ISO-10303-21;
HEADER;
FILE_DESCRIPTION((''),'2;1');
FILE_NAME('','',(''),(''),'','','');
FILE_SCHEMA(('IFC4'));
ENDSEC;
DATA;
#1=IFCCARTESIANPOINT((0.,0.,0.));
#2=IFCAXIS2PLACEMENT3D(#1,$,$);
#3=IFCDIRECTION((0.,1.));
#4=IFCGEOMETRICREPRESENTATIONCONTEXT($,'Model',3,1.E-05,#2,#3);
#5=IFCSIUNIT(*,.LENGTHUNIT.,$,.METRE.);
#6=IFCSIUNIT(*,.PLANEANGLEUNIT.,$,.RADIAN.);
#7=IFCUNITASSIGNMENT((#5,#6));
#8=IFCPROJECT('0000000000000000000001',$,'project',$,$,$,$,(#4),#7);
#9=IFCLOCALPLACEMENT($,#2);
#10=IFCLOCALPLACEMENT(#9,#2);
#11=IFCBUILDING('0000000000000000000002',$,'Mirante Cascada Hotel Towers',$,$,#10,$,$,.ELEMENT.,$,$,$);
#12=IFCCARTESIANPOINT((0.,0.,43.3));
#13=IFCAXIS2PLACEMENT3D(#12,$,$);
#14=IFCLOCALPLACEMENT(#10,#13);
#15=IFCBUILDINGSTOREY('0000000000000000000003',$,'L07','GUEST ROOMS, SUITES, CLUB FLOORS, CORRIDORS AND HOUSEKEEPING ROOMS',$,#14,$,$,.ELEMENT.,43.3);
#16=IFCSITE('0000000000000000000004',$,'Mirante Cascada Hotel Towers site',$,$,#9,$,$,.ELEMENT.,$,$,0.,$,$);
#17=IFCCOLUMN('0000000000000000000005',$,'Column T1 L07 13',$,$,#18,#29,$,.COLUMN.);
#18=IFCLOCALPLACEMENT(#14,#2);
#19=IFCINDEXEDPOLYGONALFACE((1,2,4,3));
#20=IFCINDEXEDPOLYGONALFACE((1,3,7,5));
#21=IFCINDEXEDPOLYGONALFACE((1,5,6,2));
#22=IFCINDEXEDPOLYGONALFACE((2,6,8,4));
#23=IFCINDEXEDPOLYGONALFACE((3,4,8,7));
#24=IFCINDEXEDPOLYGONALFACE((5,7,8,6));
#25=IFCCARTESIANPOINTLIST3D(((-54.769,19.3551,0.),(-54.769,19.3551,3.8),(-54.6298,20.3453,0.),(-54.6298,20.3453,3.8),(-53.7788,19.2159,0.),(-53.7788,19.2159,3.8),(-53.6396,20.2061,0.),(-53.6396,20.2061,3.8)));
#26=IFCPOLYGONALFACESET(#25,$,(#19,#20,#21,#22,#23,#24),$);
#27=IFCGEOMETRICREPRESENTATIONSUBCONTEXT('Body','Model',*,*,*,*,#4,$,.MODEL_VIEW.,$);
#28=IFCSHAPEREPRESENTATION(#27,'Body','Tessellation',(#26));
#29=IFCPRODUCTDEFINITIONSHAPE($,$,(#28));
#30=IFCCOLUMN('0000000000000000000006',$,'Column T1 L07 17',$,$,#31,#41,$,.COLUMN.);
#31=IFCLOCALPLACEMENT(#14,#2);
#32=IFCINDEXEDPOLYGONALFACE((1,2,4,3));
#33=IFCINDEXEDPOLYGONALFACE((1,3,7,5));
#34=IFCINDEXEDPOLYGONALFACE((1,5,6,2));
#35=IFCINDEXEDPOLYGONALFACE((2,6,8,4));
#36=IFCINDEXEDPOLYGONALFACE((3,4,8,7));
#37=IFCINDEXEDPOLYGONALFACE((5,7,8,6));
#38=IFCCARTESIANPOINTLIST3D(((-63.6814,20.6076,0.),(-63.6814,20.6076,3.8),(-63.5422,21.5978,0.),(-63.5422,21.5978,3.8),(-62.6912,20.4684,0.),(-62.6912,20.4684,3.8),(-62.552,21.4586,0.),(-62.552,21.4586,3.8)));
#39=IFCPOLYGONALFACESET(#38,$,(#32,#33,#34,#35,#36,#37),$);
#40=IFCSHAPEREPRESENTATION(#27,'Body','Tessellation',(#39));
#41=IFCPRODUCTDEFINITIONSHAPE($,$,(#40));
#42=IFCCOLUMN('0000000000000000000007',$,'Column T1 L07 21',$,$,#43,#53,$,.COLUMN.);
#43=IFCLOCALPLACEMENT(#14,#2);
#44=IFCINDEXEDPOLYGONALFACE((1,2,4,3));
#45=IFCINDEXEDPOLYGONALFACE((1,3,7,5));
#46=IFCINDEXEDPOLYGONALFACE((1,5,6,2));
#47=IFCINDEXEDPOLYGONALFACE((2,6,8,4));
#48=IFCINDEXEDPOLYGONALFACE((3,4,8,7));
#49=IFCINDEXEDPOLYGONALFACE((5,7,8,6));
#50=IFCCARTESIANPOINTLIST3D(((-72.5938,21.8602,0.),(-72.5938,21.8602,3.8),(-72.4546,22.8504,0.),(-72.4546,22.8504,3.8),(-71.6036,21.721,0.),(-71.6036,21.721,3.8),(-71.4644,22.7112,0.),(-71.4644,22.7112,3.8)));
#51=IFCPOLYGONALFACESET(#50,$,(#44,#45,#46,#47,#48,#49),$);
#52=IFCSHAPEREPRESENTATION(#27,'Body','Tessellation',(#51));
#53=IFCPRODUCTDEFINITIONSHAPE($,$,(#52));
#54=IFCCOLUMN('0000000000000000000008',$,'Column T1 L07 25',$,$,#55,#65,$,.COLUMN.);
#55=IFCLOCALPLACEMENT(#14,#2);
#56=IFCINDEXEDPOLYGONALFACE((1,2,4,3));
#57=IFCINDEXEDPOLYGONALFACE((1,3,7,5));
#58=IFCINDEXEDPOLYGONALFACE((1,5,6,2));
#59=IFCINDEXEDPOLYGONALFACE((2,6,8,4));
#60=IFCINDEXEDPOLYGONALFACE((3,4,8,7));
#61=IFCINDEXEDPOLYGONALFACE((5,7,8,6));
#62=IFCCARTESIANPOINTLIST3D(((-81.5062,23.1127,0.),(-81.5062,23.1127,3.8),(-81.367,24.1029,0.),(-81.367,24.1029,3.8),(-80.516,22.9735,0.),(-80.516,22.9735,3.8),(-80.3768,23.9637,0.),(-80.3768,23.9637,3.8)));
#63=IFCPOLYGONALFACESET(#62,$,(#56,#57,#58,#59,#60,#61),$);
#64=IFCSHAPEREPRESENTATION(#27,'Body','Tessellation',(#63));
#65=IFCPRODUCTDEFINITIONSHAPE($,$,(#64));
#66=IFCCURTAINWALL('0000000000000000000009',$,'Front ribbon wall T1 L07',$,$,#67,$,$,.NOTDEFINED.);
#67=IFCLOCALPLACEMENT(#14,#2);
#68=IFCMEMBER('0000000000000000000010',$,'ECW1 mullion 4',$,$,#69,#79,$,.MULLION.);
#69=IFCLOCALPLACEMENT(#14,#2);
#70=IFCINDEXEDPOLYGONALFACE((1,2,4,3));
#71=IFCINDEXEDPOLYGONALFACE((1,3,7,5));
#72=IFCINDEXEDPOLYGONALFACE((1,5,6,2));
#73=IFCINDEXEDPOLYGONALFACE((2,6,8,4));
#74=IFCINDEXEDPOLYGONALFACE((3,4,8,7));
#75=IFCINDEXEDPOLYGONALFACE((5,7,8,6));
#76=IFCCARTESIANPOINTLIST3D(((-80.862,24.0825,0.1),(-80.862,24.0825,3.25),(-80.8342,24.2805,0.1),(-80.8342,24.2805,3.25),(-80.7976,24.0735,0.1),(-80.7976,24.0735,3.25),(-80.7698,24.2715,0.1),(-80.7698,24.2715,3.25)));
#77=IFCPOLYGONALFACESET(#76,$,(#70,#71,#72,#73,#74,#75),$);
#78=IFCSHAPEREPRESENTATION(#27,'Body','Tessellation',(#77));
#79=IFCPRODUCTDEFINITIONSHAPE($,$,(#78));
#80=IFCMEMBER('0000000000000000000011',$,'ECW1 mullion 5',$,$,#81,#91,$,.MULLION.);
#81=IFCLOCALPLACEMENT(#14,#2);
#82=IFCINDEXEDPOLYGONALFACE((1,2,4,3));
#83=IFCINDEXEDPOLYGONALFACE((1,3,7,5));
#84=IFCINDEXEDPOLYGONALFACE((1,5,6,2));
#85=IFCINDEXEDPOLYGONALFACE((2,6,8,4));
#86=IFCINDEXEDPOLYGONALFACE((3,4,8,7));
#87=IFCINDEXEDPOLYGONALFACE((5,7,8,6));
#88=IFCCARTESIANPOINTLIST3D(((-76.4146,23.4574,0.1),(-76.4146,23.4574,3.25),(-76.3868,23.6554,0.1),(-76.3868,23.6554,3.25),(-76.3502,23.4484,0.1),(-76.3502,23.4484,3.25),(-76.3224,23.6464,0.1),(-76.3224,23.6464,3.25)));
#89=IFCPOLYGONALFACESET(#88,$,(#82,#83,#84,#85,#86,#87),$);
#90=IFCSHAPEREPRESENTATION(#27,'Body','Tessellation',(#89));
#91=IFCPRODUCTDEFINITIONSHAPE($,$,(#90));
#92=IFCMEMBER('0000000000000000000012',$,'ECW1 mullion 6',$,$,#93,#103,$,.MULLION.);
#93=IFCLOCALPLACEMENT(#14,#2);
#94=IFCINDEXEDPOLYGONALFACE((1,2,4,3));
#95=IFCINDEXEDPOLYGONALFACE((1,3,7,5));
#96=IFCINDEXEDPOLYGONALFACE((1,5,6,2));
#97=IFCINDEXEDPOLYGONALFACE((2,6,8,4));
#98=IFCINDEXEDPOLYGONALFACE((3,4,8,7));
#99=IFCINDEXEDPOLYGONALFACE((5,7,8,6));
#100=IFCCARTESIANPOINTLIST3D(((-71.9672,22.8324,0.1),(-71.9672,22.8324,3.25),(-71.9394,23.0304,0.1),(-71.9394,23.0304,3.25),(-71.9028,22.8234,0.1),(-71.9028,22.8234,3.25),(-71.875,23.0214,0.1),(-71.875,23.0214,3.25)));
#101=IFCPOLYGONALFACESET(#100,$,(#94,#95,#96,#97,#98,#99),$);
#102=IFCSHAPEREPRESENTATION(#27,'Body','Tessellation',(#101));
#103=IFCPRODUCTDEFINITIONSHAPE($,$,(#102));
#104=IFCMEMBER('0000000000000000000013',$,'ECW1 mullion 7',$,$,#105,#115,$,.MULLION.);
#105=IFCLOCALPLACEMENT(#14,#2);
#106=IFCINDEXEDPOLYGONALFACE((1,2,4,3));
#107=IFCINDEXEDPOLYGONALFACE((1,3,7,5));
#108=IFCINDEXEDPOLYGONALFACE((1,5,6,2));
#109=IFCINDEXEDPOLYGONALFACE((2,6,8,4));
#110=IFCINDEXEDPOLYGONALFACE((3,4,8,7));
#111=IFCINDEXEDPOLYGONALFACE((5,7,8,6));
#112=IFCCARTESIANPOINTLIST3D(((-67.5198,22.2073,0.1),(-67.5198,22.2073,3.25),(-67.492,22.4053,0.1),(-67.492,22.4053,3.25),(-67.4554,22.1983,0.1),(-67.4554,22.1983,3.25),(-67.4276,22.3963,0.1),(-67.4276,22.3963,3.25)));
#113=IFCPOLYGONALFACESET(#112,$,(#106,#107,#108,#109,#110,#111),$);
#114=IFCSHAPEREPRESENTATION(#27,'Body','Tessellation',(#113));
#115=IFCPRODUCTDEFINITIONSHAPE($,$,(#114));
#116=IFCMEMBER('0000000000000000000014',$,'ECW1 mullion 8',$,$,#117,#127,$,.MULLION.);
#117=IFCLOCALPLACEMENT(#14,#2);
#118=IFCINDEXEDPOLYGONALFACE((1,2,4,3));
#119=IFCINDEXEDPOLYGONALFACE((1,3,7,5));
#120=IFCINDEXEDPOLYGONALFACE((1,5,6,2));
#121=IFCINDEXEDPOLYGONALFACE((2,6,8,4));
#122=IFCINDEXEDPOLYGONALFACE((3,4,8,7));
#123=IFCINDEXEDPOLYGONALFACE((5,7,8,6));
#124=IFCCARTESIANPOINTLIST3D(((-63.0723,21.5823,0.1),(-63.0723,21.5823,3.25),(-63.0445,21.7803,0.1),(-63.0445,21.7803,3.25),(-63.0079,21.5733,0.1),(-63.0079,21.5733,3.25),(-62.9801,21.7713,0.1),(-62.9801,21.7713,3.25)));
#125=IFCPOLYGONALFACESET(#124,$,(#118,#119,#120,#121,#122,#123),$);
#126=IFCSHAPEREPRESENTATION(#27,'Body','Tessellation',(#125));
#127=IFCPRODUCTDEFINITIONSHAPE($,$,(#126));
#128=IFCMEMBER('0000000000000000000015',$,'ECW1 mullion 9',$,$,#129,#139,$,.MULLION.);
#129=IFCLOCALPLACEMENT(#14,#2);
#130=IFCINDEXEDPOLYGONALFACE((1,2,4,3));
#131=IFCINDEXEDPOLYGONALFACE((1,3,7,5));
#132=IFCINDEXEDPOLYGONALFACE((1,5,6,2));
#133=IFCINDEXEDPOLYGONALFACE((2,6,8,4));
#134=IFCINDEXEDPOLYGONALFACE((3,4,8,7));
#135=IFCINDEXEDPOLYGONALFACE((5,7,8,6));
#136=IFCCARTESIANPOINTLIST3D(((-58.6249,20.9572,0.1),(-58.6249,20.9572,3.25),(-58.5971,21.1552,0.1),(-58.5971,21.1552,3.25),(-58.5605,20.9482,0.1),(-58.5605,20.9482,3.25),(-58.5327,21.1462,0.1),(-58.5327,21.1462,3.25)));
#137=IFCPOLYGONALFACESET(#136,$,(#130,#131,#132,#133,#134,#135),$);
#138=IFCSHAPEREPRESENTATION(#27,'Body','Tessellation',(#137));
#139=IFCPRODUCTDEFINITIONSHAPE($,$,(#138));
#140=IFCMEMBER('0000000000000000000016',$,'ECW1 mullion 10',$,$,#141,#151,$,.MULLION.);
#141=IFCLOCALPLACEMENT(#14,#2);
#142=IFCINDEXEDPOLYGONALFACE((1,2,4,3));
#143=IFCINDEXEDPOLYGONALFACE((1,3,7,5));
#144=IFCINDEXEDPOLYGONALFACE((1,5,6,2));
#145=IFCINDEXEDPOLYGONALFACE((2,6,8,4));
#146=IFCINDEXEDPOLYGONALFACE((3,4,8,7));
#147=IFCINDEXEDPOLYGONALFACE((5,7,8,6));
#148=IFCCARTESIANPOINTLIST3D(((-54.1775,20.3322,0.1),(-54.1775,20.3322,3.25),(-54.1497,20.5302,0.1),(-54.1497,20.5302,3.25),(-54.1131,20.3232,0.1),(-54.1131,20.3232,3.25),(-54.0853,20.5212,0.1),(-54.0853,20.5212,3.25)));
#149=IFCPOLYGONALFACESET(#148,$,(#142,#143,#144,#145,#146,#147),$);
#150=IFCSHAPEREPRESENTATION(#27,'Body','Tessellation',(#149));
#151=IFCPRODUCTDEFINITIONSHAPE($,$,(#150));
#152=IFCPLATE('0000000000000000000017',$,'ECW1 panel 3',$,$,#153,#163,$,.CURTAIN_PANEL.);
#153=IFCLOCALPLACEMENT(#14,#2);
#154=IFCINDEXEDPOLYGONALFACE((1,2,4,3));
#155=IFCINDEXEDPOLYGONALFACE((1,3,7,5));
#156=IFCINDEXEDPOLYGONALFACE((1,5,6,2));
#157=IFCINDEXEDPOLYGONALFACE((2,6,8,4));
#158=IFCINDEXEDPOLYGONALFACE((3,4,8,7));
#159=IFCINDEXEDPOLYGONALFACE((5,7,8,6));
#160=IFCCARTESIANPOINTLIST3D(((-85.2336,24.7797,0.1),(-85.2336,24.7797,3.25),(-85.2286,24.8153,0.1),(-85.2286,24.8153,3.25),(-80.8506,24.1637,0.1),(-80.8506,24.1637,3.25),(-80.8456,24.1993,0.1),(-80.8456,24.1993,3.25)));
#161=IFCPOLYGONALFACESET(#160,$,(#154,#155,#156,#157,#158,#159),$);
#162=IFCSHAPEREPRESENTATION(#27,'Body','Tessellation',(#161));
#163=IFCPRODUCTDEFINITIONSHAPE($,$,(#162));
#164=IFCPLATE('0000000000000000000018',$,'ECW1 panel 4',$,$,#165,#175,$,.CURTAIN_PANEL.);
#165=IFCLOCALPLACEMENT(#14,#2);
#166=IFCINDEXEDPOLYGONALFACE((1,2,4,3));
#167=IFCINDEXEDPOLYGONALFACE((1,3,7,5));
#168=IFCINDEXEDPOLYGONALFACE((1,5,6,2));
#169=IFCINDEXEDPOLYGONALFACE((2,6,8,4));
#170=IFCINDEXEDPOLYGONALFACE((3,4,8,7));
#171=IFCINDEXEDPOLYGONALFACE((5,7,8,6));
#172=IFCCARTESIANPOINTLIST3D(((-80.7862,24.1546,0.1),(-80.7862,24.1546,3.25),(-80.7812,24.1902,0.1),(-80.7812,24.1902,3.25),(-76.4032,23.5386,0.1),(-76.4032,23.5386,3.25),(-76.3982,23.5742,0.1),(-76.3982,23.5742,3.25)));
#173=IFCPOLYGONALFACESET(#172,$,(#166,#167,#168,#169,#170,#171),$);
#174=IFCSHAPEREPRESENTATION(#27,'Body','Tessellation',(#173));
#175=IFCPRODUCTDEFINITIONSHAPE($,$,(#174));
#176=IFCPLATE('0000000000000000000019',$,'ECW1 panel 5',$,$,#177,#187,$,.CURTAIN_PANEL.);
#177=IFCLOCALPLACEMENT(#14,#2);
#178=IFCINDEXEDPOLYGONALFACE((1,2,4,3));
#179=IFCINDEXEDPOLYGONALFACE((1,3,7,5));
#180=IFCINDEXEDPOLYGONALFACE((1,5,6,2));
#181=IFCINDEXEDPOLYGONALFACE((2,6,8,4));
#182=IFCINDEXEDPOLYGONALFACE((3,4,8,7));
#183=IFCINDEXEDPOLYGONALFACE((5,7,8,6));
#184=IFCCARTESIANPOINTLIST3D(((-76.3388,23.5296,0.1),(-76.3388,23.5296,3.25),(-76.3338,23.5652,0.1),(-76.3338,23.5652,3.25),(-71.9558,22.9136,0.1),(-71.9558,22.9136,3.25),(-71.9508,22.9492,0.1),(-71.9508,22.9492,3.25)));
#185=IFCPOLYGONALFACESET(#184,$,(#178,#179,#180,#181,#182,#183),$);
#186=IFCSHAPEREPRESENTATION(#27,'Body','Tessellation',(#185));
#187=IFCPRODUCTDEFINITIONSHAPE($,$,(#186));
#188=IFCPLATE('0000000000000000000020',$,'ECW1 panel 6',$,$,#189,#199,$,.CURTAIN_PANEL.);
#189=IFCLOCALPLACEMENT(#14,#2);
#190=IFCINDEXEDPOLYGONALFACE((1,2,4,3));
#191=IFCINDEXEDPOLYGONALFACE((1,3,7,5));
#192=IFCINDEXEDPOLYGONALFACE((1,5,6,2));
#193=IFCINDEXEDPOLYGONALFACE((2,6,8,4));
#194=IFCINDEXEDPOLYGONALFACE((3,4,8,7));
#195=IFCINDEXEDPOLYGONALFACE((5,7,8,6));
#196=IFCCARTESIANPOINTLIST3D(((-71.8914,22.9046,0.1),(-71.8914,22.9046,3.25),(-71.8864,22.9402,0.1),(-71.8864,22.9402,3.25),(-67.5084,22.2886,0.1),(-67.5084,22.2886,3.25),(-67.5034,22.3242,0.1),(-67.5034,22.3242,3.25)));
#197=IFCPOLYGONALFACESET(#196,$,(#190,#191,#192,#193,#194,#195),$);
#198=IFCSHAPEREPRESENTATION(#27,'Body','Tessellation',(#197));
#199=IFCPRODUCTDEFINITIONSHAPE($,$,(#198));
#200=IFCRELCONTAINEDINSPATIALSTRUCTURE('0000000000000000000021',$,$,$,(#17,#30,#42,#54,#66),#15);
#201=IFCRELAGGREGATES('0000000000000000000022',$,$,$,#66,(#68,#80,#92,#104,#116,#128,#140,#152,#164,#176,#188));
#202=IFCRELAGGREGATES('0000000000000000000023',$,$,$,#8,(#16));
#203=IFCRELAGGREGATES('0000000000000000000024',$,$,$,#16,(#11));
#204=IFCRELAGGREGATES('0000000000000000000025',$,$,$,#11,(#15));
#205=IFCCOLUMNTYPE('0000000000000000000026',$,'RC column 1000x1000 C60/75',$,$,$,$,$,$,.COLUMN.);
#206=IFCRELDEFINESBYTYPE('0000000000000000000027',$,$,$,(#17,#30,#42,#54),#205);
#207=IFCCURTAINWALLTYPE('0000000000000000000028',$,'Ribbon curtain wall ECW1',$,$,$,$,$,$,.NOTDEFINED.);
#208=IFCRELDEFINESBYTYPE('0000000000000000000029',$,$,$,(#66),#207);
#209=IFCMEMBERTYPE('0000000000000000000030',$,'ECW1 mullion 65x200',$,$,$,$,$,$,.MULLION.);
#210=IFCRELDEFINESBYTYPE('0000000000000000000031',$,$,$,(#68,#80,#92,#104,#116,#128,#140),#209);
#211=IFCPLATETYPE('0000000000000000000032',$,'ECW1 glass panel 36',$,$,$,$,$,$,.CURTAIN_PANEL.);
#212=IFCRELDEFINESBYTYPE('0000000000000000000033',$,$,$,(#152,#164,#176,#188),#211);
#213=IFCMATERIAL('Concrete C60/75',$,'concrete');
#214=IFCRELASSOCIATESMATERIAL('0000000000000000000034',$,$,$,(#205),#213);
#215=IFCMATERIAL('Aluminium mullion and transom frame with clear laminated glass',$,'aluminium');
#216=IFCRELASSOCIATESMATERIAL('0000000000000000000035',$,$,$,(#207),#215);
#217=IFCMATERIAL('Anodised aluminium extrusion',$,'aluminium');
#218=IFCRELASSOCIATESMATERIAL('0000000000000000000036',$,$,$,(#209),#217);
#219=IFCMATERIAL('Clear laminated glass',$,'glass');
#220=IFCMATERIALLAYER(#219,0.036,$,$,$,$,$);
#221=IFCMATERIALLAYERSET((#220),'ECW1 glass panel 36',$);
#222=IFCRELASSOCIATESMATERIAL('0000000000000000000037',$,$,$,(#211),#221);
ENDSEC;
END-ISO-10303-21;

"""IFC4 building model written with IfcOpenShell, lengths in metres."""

from ifc_helpers import new_model, si_unit, direction, frame, origin, origin_2d, place, context, subcontext, project, spatial, rectangle, extrude, material, layer, layer_set, material_profile, profile_set, type_object, element, aggregate, save


model = new_model("IFC4")

# Units and contexts
model_context = context("Model", 3, precision=1e-05, world=origin(), true_north=direction((0.0, 1.0)))
body_context = subcontext(model_context, "Body", "Model", "MODEL_VIEW")
ifc_project = project(units=[si_unit("LENGTHUNIT", "METRE"), si_unit("PLANEANGLEUNIT", "RADIAN")], contexts=[model_context])

# Site, building, storey
site_placement = place(None, origin())
site = spatial("IfcSite", under=ifc_project, at=site_placement, Name="Mirante Cascada Hotel Towers site", CompositionType="ELEMENT", RefElevation=0.0)
building_placement = place(site_placement, origin())
building = spatial("IfcBuilding", under=site, at=building_placement, Name="Mirante Cascada Hotel Towers", CompositionType="ELEMENT")
storey_placement = place(building_placement, frame((0.0, 0.0, 43.3)))
storey = spatial("IfcBuildingStorey", under=building, at=storey_placement, Name="L07", Description="GUEST ROOMS, SUITES, CLUB FLOORS, CORRIDORS AND HOUSEKEEPING ROOMS", CompositionType="ELEMENT", Elevation=43.3)

# Columns
ifc_material_1 = material(Name="Concrete C60/75", Category="concrete")
ifc_material_profile_1 = material_profile(ifc_material_1, rectangle(XDim=1.0, YDim=1.0, at=origin_2d()), Name="RC column 1000x1000 C60/75")
ifc_profile_set_1 = profile_set([ifc_material_profile_1], Name="Concrete C60/75")
column_type = type_object("IfcColumnType", Name="RC column 1000x1000 C60/75", PredefinedType="COLUMN", material=ifc_profile_set_1)
for number, where, z_axis, x_axis, name in (
    (1, (-54.2043, 19.7806, 0.0), (0.0, 0.0, 1.0), (-0.990268, 0.139173, 0.0), "Column T1 L07 13"),
    (2, (-63.1167, 21.0331, 0.0), (0.0, 0.0, 1.0), (-0.990268, 0.139173, 0.0), "Column T1 L07 17"),
    (3, (-72.0291, 22.2857, 0.0), (0.0, 0.0, 1.0), (-0.990268, 0.139173, 0.0), "Column T1 L07 21"),
    (4, (-80.9415, 23.5382, 0.0), (0.0, 0.0, 1.0), (-0.990268, 0.139173, 0.0), "Column T1 L07 25"),
):
    element("IfcColumn", number, at=place(storey_placement, frame(where, z_axis=z_axis, x_axis=x_axis)), inside=storey, type_object=column_type, Name=name, PredefinedType="COLUMN", context=body_context, shape_type="SweptSolid", body=[
        extrude(rectangle(XDim=1.0, YDim=1.0, at=origin_2d()), origin(), (0.0, 0.0, 1.0), 3.8),
    ])

# Curtain wall, members, plates
ifc_material_2 = material(Name="Aluminium mullion and transom frame with clear laminated glass", Category="aluminium")
curtain_wall_type = type_object("IfcCurtainWallType", Name="Ribbon curtain wall ECW1", PredefinedType="NOTDEFINED", material=ifc_material_2)
curtain_wall_placement = place(storey_placement, origin())
curtain_wall = element("IfcCurtainWall", 5, at=curtain_wall_placement, inside=storey, type_object=curtain_wall_type, Name="Front ribbon wall T1 L07", PredefinedType="NOTDEFINED")
ifc_material_3 = material(Name="Anodised aluminium extrusion", Category="aluminium")
ifc_material_profile_2 = material_profile(ifc_material_3, rectangle(XDim=0.2, YDim=0.065, at=origin_2d()), Name="ECW1 MULLION 65x200")
ifc_profile_set_2 = profile_set([ifc_material_profile_2], Name="Anodised aluminium extrusion")
member_type = type_object("IfcMemberType", Name="ECW1 mullion 65x200", PredefinedType="MULLION", material=ifc_profile_set_2)
member_1_placement = place(storey_placement, frame((-80.8159, 24.177, 0.1), z_axis=(0.0, 0.0, 1.0), x_axis=(0.139173, 0.990268, 0.0)))
member_1 = element("IfcMember", 6, at=member_1_placement, type_object=member_type, Name="ECW1 mullion 4", PredefinedType="MULLION", context=body_context, shape_type="SweptSolid", body=[
    extrude(rectangle(XDim=0.2, YDim=0.065, at=origin_2d()), origin(), (0.0, 0.0, 1.0), 3.15),
])
member_2_placement = place(storey_placement, frame((-76.3685, 23.5519, 0.1), z_axis=(0.0, 0.0, 1.0), x_axis=(0.139173, 0.990268, 0.0)))
member_2 = element("IfcMember", 7, at=member_2_placement, type_object=member_type, Name="ECW1 mullion 5", PredefinedType="MULLION", context=body_context, shape_type="SweptSolid", body=[
    extrude(rectangle(XDim=0.2, YDim=0.065, at=origin_2d()), origin(), (0.0, 0.0, 1.0), 3.15),
])
member_3_placement = place(storey_placement, frame((-71.9211, 22.9269, 0.1), z_axis=(0.0, 0.0, 1.0), x_axis=(0.139173, 0.990268, 0.0)))
member_3 = element("IfcMember", 8, at=member_3_placement, type_object=member_type, Name="ECW1 mullion 6", PredefinedType="MULLION", context=body_context, shape_type="SweptSolid", body=[
    extrude(rectangle(XDim=0.2, YDim=0.065, at=origin_2d()), origin(), (0.0, 0.0, 1.0), 3.15),
])
member_4_placement = place(storey_placement, frame((-67.4737, 22.3018, 0.1), z_axis=(0.0, 0.0, 1.0), x_axis=(0.139173, 0.990268, 0.0)))
member_4 = element("IfcMember", 9, at=member_4_placement, type_object=member_type, Name="ECW1 mullion 7", PredefinedType="MULLION", context=body_context, shape_type="SweptSolid", body=[
    extrude(rectangle(XDim=0.2, YDim=0.065, at=origin_2d()), origin(), (0.0, 0.0, 1.0), 3.15),
])
member_5_placement = place(storey_placement, frame((-63.0262, 21.6768, 0.1), z_axis=(0.0, 0.0, 1.0), x_axis=(0.139173, 0.990268, 0.0)))
member_5 = element("IfcMember", 10, at=member_5_placement, type_object=member_type, Name="ECW1 mullion 8", PredefinedType="MULLION", context=body_context, shape_type="SweptSolid", body=[
    extrude(rectangle(XDim=0.2, YDim=0.065, at=origin_2d()), origin(), (0.0, 0.0, 1.0), 3.15),
])
member_6_placement = place(storey_placement, frame((-58.5788, 21.0517, 0.1), z_axis=(0.0, 0.0, 1.0), x_axis=(0.139173, 0.990268, 0.0)))
member_6 = element("IfcMember", 11, at=member_6_placement, type_object=member_type, Name="ECW1 mullion 9", PredefinedType="MULLION", context=body_context, shape_type="SweptSolid", body=[
    extrude(rectangle(XDim=0.2, YDim=0.065, at=origin_2d()), origin(), (0.0, 0.0, 1.0), 3.15),
])
member_7_placement = place(storey_placement, frame((-54.1314, 20.4267, 0.1), z_axis=(0.0, 0.0, 1.0), x_axis=(0.139173, 0.990268, 0.0)))
member_7 = element("IfcMember", 12, at=member_7_placement, type_object=member_type, Name="ECW1 mullion 10", PredefinedType="MULLION", context=body_context, shape_type="SweptSolid", body=[
    extrude(rectangle(XDim=0.2, YDim=0.065, at=origin_2d()), origin(), (0.0, 0.0, 1.0), 3.15),
])
ifc_material_4 = material(Name="Clear laminated glass", Category="glass")
ifc_layer_1 = layer(ifc_material_4, 0.036)
ifc_layer_set_1 = layer_set([ifc_layer_1], Name="ECW1 glass panel 36")
plate_type = type_object("IfcPlateType", Name="ECW1 glass panel 36", PredefinedType="CURTAIN_PANEL", material=ifc_layer_set_1)
plate_1_placement = place(storey_placement, frame((-83.0396, 24.4895, 0.1), z_axis=(0.0, 0.0, 1.0), x_axis=(0.990268, -0.139173, 0.0)))
plate_1 = element("IfcPlate", 13, at=plate_1_placement, type_object=plate_type, Name="ECW1 panel 3", PredefinedType="CURTAIN_PANEL", context=body_context, shape_type="SweptSolid", body=[
    extrude(rectangle(XDim=4.4261, YDim=0.036, at=origin_2d()), origin(), (0.0, 0.0, 1.0), 3.15),
])
plate_2_placement = place(storey_placement, frame((-78.5922, 23.8644, 0.1), z_axis=(0.0, 0.0, 1.0), x_axis=(0.990268, -0.139173, 0.0)))
plate_2 = element("IfcPlate", 14, at=plate_2_placement, type_object=plate_type, Name="ECW1 panel 4", PredefinedType="CURTAIN_PANEL", context=body_context, shape_type="SweptSolid", body=[
    extrude(rectangle(XDim=4.4261, YDim=0.036, at=origin_2d()), origin(), (0.0, 0.0, 1.0), 3.15),
])
plate_3_placement = place(storey_placement, frame((-74.1448, 23.2394, 0.1), z_axis=(0.0, 0.0, 1.0), x_axis=(0.990268, -0.139173, 0.0)))
plate_3 = element("IfcPlate", 15, at=plate_3_placement, type_object=plate_type, Name="ECW1 panel 5", PredefinedType="CURTAIN_PANEL", context=body_context, shape_type="SweptSolid", body=[
    extrude(rectangle(XDim=4.4261, YDim=0.036, at=origin_2d()), origin(), (0.0, 0.0, 1.0), 3.15),
])
plate_4_placement = place(storey_placement, frame((-69.6974, 22.6144, 0.1), z_axis=(0.0, 0.0, 1.0), x_axis=(0.990268, -0.139173, 0.0)))
plate_4 = element("IfcPlate", 16, at=plate_4_placement, type_object=plate_type, Name="ECW1 panel 6", PredefinedType="CURTAIN_PANEL", context=body_context, shape_type="SweptSolid", body=[
    extrude(rectangle(XDim=4.4261, YDim=0.036, at=origin_2d()), origin(), (0.0, 0.0, 1.0), 3.15),
])
aggregate(curtain_wall, [member_1, member_2, member_3, member_4, member_5, member_6, member_7, plate_1, plate_2, plate_3, plate_4])

save(model, "model.ifc")
